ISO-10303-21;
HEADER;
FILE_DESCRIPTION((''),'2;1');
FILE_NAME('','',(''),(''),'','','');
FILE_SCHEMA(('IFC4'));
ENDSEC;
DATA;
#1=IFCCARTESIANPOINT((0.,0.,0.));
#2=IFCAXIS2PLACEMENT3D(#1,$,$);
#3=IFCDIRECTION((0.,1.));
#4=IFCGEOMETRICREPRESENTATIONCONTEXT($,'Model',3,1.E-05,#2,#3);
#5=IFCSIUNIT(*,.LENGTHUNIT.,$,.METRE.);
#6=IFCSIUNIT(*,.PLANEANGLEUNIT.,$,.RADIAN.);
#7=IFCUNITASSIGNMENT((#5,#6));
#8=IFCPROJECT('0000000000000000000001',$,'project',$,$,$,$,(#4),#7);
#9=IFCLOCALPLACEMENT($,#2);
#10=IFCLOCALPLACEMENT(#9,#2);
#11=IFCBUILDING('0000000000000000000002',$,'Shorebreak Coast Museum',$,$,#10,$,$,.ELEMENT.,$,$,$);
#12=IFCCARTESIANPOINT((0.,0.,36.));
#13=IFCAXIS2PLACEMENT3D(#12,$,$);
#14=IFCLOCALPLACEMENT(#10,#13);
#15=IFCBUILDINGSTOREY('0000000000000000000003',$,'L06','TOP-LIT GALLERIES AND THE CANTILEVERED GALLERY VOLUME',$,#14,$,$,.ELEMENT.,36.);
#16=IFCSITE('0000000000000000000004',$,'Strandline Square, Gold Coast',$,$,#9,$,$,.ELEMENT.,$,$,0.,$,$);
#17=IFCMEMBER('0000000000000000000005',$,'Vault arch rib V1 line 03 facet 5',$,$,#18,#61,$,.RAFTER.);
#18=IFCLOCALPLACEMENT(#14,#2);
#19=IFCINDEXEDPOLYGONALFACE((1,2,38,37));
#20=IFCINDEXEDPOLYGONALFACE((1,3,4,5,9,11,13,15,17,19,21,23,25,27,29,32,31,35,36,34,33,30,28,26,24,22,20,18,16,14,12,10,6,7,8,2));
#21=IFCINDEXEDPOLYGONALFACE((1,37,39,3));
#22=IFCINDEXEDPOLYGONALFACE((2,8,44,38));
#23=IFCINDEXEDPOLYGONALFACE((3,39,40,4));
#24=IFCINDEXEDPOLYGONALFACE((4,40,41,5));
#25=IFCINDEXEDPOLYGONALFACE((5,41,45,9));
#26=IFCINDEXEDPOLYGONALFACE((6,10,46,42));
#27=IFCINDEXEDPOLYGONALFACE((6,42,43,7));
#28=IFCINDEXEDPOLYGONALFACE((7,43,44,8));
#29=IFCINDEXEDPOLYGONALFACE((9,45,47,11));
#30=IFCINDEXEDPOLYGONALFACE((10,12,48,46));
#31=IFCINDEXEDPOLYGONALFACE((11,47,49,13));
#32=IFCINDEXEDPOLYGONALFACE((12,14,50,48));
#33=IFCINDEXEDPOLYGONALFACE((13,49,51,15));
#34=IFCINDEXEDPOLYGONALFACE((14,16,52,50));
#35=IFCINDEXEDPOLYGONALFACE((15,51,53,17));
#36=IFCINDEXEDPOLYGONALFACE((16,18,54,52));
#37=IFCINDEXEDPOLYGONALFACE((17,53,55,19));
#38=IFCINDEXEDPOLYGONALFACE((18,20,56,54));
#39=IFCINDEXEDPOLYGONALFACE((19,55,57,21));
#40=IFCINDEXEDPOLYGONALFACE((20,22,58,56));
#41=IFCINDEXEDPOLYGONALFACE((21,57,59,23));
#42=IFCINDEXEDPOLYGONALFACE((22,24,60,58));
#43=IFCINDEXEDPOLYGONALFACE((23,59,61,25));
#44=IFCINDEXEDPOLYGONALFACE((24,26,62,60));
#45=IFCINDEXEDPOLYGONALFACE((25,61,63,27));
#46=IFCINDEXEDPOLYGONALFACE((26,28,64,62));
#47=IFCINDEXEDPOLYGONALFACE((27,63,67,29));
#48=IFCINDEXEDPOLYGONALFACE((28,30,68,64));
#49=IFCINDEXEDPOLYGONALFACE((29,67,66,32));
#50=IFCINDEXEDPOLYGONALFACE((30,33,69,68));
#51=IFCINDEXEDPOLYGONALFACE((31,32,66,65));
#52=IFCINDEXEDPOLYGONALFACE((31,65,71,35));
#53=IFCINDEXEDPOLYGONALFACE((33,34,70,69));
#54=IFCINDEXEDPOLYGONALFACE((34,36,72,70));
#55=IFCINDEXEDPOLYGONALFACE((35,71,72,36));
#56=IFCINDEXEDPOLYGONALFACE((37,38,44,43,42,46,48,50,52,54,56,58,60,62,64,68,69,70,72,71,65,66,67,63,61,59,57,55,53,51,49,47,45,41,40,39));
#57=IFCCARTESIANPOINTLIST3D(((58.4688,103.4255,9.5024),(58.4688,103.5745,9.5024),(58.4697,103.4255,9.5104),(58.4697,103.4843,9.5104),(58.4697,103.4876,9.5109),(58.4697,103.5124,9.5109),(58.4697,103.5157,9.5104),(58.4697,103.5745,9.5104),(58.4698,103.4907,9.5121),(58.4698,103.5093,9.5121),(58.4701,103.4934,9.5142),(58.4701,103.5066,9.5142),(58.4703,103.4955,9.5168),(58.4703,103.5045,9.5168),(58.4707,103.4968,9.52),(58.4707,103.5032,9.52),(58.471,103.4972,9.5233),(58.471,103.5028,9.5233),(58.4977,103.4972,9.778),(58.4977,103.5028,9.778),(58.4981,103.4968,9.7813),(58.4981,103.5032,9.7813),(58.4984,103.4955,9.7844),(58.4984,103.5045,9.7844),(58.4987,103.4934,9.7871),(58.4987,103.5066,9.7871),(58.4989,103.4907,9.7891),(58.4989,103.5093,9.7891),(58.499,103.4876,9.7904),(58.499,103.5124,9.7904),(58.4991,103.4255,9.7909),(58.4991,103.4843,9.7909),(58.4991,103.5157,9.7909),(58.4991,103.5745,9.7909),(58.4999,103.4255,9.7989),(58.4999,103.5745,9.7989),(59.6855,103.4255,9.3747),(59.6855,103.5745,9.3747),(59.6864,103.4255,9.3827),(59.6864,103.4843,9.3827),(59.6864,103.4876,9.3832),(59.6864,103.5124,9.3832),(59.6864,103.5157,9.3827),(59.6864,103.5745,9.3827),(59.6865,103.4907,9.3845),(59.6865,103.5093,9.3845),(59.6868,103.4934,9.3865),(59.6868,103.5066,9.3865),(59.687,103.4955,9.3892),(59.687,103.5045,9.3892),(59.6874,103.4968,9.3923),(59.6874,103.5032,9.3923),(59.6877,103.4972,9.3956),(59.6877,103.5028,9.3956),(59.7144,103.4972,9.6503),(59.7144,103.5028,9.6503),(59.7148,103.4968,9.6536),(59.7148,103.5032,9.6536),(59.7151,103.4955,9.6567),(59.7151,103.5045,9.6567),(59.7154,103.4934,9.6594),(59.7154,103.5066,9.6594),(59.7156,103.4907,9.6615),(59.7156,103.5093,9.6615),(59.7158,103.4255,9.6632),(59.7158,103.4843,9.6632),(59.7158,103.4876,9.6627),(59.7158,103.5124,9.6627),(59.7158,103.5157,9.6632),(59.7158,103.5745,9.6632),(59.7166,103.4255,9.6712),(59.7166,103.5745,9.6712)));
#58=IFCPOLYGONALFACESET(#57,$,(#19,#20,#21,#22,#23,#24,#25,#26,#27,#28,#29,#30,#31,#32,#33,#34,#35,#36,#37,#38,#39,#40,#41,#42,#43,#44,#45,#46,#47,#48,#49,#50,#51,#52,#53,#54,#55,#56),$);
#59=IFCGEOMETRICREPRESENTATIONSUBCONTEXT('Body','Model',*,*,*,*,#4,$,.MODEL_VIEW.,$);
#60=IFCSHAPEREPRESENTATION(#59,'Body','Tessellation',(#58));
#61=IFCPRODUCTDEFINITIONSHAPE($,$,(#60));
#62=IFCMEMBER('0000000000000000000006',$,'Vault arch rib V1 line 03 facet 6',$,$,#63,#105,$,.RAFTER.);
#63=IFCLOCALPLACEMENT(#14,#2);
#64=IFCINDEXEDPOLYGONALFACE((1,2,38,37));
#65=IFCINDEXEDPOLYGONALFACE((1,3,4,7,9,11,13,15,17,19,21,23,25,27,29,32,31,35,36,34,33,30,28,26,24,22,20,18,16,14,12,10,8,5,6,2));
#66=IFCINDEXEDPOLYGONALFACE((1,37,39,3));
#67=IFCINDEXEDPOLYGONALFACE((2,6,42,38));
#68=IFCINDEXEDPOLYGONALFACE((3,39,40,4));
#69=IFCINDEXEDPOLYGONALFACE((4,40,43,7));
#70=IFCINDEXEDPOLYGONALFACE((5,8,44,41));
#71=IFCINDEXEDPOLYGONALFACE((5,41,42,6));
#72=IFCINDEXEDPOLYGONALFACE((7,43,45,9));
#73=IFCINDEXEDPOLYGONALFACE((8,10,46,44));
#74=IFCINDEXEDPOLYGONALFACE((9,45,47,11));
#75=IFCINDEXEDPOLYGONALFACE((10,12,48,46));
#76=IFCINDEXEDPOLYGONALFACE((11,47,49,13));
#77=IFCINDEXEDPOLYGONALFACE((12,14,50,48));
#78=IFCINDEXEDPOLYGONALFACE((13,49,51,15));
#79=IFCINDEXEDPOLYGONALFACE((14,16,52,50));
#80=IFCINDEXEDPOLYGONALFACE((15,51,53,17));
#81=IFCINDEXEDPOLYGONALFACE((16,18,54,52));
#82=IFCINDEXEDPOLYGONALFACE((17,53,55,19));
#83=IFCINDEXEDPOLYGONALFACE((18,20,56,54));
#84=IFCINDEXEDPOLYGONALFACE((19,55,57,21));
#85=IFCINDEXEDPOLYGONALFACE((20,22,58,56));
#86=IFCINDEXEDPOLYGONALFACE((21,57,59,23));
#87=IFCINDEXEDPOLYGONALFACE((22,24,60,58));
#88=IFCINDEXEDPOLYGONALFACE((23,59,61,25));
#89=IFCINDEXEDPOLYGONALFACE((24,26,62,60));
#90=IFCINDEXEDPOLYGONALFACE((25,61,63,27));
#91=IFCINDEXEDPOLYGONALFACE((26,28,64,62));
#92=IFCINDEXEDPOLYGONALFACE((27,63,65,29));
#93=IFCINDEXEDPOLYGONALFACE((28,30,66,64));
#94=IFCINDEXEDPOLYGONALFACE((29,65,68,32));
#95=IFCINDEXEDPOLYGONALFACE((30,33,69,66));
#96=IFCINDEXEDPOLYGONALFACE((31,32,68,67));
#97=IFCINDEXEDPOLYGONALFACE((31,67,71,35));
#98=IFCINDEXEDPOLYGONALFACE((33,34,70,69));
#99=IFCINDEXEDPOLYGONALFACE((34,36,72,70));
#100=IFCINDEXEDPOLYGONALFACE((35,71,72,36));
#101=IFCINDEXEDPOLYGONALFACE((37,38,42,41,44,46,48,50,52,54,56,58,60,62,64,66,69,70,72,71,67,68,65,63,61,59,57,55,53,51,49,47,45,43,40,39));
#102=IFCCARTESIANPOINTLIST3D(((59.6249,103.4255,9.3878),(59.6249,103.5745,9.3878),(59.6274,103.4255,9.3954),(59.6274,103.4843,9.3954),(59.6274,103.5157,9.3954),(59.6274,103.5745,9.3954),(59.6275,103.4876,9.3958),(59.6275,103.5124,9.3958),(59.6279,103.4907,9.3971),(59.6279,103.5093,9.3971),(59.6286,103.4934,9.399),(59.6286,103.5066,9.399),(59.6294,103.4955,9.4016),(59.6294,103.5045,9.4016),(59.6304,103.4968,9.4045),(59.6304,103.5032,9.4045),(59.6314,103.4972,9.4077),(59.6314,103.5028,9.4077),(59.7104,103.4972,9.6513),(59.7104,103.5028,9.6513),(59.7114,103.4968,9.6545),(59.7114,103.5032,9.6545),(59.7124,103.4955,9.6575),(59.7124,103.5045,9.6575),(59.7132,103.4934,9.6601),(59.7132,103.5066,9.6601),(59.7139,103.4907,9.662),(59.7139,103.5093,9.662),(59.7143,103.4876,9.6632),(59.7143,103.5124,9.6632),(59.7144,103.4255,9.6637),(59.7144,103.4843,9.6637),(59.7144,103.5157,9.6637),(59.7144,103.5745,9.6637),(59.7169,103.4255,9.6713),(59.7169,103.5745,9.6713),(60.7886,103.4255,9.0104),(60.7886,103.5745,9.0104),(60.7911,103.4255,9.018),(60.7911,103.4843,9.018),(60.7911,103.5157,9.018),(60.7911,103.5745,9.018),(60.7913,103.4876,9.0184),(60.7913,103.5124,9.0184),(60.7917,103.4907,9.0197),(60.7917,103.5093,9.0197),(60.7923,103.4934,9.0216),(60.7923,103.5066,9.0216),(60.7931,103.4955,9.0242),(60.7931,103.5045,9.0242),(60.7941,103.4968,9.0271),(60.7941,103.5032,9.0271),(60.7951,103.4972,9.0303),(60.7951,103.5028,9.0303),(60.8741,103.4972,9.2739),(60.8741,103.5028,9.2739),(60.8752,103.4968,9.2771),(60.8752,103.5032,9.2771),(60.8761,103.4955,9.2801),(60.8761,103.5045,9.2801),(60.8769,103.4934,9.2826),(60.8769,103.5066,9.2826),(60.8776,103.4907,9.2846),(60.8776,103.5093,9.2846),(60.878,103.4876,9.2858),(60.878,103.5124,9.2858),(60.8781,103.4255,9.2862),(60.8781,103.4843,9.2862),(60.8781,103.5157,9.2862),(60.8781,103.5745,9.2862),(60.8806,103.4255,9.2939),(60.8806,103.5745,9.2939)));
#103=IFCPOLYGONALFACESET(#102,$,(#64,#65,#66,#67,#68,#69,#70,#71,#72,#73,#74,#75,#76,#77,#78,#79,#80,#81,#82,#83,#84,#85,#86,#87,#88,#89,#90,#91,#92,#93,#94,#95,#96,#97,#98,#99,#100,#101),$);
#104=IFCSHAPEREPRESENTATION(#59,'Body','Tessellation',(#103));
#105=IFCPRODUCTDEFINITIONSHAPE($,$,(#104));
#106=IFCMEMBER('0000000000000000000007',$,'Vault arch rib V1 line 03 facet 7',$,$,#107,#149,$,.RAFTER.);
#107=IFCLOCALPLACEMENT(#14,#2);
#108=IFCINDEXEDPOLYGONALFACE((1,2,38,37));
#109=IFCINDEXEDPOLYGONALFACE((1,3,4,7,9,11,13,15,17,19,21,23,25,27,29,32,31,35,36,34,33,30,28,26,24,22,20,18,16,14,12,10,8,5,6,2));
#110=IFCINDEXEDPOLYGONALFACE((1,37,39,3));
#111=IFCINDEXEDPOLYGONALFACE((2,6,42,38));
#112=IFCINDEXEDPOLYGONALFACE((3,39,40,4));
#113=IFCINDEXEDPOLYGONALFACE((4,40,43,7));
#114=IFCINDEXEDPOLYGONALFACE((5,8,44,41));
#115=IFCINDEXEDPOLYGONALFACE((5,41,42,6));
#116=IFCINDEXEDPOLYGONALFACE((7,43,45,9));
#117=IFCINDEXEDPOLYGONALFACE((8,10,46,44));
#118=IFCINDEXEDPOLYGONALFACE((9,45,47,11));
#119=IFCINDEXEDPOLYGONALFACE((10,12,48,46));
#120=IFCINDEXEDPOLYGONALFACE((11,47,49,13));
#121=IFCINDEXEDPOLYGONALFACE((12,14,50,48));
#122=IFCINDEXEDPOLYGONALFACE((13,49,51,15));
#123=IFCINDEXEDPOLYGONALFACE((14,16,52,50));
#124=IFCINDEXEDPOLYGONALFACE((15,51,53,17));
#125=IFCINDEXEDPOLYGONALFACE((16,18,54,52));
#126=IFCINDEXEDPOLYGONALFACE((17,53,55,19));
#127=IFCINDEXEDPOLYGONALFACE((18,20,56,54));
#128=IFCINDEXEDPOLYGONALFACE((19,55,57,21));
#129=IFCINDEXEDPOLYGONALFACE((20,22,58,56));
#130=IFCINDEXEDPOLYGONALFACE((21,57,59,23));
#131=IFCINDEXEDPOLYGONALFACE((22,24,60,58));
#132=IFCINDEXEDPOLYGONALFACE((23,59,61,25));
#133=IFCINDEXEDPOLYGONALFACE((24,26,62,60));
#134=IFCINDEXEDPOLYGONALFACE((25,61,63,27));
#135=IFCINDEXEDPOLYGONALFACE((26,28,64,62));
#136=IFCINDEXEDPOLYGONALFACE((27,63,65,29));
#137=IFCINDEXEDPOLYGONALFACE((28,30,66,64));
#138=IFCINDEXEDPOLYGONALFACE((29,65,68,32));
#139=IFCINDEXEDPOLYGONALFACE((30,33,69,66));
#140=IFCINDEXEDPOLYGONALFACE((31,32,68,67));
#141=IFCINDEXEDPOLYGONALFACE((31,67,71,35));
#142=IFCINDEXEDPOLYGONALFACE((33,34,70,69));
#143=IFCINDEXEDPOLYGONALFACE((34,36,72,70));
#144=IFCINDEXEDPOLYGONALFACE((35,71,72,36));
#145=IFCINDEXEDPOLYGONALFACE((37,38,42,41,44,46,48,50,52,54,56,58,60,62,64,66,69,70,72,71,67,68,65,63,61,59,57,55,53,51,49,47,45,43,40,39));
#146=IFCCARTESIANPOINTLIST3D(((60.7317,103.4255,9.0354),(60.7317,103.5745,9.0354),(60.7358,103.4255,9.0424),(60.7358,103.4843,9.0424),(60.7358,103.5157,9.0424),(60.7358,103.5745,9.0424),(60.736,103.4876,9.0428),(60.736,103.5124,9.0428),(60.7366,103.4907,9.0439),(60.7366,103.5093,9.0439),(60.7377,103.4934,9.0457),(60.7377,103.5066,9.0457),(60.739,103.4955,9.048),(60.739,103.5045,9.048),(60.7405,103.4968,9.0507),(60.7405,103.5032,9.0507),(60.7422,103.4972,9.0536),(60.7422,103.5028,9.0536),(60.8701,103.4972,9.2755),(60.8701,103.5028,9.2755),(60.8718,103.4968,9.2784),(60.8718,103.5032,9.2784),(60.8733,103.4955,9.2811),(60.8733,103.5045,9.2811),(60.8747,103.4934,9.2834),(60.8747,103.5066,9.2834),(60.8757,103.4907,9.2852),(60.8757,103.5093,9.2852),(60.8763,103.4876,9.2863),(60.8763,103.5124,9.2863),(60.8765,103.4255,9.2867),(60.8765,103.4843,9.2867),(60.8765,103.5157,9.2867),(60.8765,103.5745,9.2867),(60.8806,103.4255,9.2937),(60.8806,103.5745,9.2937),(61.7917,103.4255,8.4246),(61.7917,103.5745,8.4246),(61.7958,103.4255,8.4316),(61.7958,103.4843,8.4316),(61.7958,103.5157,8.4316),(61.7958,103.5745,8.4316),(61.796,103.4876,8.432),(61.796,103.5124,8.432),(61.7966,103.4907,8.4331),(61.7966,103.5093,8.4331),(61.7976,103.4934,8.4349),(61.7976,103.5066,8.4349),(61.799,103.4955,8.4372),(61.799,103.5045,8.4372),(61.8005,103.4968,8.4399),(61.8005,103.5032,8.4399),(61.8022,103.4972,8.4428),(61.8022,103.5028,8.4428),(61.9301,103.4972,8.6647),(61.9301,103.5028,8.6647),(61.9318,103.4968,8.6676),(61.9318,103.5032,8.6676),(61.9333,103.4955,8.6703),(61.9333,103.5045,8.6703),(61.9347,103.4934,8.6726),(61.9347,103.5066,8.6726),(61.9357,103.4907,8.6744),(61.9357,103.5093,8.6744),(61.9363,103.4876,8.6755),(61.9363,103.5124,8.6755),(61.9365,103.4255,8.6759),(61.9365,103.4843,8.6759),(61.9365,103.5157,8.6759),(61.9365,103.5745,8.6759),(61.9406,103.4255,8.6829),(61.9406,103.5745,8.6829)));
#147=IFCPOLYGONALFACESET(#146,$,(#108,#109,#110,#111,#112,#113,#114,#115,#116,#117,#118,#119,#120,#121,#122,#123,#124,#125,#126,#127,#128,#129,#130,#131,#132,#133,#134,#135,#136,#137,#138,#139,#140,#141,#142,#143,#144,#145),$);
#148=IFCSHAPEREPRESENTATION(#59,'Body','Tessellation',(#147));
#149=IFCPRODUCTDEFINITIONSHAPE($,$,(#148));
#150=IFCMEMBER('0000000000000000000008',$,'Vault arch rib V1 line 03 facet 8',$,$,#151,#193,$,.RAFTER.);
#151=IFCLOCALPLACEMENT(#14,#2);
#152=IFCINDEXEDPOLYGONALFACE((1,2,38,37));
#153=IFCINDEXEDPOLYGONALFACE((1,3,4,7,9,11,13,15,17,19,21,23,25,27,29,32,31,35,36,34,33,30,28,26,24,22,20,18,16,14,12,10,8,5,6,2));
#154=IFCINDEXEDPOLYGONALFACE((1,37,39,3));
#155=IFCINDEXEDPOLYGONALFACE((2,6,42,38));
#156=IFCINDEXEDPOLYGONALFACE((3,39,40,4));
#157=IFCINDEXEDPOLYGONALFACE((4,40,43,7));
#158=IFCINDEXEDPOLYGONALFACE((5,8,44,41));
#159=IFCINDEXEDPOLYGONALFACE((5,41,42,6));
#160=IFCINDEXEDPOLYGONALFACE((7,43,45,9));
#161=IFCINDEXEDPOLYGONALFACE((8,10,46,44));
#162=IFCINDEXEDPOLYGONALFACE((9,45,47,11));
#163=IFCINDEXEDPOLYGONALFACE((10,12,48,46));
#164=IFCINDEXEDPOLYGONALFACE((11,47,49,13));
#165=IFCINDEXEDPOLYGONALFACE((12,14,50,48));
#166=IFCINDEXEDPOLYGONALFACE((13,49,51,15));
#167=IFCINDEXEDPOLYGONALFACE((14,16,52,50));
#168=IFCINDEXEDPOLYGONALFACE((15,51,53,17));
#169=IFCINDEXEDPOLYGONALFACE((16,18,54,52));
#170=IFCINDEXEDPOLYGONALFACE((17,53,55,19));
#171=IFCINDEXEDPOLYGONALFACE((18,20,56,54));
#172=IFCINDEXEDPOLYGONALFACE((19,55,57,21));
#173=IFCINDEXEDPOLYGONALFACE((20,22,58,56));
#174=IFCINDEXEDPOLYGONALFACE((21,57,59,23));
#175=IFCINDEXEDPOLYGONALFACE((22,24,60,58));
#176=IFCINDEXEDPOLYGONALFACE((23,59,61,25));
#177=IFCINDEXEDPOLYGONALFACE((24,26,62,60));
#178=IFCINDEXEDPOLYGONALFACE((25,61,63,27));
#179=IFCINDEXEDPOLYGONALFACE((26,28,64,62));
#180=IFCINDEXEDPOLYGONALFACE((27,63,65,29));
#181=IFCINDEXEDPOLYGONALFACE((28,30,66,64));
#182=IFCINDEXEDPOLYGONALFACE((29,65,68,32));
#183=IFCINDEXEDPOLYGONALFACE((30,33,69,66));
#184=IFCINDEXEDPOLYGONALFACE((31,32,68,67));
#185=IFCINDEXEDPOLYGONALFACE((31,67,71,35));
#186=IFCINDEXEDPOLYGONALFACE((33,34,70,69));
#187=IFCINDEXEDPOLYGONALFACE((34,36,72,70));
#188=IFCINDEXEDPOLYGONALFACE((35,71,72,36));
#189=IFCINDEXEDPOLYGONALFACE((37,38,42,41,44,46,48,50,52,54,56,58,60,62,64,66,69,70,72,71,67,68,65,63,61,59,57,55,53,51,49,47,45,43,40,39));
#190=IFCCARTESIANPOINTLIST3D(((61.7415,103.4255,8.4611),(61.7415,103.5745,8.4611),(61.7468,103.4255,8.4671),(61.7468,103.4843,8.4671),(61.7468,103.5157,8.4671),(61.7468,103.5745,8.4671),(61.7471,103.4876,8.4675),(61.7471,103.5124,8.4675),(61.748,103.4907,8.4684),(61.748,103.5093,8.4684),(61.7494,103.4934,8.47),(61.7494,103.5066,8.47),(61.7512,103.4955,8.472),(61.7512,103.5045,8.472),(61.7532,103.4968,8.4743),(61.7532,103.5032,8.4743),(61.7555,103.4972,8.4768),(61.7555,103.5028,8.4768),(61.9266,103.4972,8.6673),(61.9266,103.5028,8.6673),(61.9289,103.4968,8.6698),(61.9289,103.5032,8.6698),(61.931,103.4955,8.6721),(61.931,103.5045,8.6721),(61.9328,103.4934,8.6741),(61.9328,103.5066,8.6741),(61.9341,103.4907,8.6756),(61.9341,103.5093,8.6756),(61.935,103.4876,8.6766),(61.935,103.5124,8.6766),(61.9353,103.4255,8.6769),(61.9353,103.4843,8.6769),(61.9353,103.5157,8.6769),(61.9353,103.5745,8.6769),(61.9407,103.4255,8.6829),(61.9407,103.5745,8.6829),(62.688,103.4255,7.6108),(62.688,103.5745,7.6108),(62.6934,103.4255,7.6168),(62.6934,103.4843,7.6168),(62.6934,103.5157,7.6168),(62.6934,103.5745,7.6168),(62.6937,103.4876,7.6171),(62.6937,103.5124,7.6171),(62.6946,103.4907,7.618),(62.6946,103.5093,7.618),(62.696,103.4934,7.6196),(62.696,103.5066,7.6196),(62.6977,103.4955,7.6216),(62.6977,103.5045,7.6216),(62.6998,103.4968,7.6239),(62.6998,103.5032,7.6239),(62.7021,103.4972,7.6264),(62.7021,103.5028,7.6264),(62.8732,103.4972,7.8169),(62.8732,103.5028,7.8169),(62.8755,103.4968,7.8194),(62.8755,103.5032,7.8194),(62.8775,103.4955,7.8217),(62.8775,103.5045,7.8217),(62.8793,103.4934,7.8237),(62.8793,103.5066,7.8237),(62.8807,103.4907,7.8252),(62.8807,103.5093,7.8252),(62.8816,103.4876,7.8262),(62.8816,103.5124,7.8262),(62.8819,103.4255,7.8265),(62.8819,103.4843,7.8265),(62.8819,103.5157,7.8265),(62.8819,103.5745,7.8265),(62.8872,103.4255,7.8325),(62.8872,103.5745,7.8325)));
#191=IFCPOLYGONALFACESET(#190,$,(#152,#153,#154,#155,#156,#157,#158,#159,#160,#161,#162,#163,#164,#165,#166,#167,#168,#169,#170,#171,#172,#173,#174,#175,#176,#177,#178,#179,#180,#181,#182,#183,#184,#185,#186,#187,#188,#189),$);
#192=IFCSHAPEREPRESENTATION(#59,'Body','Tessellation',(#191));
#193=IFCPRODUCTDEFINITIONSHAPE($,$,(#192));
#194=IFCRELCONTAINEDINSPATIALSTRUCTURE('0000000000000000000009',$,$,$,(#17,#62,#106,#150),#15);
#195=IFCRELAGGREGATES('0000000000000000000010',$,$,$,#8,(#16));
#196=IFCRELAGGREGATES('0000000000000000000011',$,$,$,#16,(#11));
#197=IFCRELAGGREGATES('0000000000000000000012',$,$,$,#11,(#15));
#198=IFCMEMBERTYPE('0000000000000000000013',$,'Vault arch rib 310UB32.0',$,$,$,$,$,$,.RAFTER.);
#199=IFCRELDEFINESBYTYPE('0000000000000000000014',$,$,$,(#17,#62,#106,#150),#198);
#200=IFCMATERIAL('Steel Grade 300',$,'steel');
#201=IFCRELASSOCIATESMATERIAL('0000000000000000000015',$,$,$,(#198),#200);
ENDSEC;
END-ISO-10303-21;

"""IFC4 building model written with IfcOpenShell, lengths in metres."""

from ifc_helpers import new_model, si_unit, direction, frame, origin, origin_2d, place, context, subcontext, project, spatial, i_section, extrude, material, material_profile, profile_set, type_object, element, save


model = new_model("IFC4")

# Units and contexts
model_context = context("Model", 3, precision=1e-05, world=origin(), true_north=direction((0.0, 1.0)))
body_context = subcontext(model_context, "Body", "Model", "MODEL_VIEW")
ifc_project = project(units=[si_unit("LENGTHUNIT", "METRE"), si_unit("PLANEANGLEUNIT", "RADIAN")], contexts=[model_context])

# Site, building, storey
site_placement = place(None, origin())
site = spatial("IfcSite", under=ifc_project, at=site_placement, Name="Strandline Square, Gold Coast", CompositionType="ELEMENT", RefElevation=0.0)
building_placement = place(site_placement, origin())
building = spatial("IfcBuilding", under=site, at=building_placement, Name="Shorebreak Coast Museum", CompositionType="ELEMENT")
storey_placement = place(building_placement, frame((0.0, 0.0, 36.0)))
storey = spatial("IfcBuildingStorey", under=building, at=storey_placement, Name="L06", Description="TOP-LIT GALLERIES AND THE CANTILEVERED GALLERY VOLUME", CompositionType="ELEMENT", Elevation=36.0)

# Members
ifc_material_1 = material(Name="Steel Grade 300", Category="steel")
ifc_material_profile_1 = material_profile(ifc_material_1, i_section(OverallWidth=0.1489, OverallDepth=0.2981, WebThickness=0.0056, FlangeThickness=0.0081, FilletRadius=0.0129, at=origin_2d()), Name="310UB32.0")
ifc_profile_set_1 = profile_set([ifc_material_profile_1], Name="Steel Grade 300")
member_type_1 = type_object("IfcMemberType", Name="Vault arch rib 310UB32.0", PredefinedType="RAFTER", material=ifc_profile_set_1)
for number, where, z_axis, x_axis, name in (
    (1, (58.4844, 103.5, 9.6506), (0.994539, 0.0, -0.104363), (0.0, 1.0, 0.0), "Vault arch rib V1 line 03 facet 5"),
    (2, (59.6709, 103.5, 9.5295), (0.951226, 0.0, -0.308495), (0.0, 1.0, 0.0), "Vault arch rib V1 line 03 facet 6"),
    (3, (60.8062, 103.5, 9.1646), (0.866445, 0.0, -0.499273), (0.0, 1.0, 0.0), "Vault arch rib V1 line 03 facet 7"),
):
    element("IfcMember", number, at=place(storey_placement, frame(where, z_axis=z_axis, x_axis=x_axis)), inside=storey, type_object=member_type_1, Name=name, PredefinedType="RAFTER", context=body_context, shape_type="SweptSolid", body=[
        extrude(i_section(OverallWidth=0.1489, OverallDepth=0.2981, WebThickness=0.0056, FlangeThickness=0.0081, FilletRadius=0.0129, at=origin_2d()), origin(), (0.0, 0.0, 1.0), 1.2234),
    ])
for number, where, z_axis, x_axis, name in (
    (4, (61.8411, 103.5, 8.572), (0.743895, 0.0, -0.668297), (0.0, 1.0, 0.0), "Vault arch rib V1 line 03 facet 8"),
):
    element("IfcMember", number, at=place(storey_placement, frame(where, z_axis=z_axis, x_axis=x_axis)), inside=storey, type_object=member_type_1, Name=name, PredefinedType="RAFTER", context=body_context, shape_type="SweptSolid", body=[
        extrude(i_section(OverallWidth=0.1489, OverallDepth=0.2981, WebThickness=0.0056, FlangeThickness=0.0081, FilletRadius=0.0129, at=origin_2d()), origin(), (0.0, 0.0, 1.0), 1.2725),
    ])

save(model, "model.ifc")
